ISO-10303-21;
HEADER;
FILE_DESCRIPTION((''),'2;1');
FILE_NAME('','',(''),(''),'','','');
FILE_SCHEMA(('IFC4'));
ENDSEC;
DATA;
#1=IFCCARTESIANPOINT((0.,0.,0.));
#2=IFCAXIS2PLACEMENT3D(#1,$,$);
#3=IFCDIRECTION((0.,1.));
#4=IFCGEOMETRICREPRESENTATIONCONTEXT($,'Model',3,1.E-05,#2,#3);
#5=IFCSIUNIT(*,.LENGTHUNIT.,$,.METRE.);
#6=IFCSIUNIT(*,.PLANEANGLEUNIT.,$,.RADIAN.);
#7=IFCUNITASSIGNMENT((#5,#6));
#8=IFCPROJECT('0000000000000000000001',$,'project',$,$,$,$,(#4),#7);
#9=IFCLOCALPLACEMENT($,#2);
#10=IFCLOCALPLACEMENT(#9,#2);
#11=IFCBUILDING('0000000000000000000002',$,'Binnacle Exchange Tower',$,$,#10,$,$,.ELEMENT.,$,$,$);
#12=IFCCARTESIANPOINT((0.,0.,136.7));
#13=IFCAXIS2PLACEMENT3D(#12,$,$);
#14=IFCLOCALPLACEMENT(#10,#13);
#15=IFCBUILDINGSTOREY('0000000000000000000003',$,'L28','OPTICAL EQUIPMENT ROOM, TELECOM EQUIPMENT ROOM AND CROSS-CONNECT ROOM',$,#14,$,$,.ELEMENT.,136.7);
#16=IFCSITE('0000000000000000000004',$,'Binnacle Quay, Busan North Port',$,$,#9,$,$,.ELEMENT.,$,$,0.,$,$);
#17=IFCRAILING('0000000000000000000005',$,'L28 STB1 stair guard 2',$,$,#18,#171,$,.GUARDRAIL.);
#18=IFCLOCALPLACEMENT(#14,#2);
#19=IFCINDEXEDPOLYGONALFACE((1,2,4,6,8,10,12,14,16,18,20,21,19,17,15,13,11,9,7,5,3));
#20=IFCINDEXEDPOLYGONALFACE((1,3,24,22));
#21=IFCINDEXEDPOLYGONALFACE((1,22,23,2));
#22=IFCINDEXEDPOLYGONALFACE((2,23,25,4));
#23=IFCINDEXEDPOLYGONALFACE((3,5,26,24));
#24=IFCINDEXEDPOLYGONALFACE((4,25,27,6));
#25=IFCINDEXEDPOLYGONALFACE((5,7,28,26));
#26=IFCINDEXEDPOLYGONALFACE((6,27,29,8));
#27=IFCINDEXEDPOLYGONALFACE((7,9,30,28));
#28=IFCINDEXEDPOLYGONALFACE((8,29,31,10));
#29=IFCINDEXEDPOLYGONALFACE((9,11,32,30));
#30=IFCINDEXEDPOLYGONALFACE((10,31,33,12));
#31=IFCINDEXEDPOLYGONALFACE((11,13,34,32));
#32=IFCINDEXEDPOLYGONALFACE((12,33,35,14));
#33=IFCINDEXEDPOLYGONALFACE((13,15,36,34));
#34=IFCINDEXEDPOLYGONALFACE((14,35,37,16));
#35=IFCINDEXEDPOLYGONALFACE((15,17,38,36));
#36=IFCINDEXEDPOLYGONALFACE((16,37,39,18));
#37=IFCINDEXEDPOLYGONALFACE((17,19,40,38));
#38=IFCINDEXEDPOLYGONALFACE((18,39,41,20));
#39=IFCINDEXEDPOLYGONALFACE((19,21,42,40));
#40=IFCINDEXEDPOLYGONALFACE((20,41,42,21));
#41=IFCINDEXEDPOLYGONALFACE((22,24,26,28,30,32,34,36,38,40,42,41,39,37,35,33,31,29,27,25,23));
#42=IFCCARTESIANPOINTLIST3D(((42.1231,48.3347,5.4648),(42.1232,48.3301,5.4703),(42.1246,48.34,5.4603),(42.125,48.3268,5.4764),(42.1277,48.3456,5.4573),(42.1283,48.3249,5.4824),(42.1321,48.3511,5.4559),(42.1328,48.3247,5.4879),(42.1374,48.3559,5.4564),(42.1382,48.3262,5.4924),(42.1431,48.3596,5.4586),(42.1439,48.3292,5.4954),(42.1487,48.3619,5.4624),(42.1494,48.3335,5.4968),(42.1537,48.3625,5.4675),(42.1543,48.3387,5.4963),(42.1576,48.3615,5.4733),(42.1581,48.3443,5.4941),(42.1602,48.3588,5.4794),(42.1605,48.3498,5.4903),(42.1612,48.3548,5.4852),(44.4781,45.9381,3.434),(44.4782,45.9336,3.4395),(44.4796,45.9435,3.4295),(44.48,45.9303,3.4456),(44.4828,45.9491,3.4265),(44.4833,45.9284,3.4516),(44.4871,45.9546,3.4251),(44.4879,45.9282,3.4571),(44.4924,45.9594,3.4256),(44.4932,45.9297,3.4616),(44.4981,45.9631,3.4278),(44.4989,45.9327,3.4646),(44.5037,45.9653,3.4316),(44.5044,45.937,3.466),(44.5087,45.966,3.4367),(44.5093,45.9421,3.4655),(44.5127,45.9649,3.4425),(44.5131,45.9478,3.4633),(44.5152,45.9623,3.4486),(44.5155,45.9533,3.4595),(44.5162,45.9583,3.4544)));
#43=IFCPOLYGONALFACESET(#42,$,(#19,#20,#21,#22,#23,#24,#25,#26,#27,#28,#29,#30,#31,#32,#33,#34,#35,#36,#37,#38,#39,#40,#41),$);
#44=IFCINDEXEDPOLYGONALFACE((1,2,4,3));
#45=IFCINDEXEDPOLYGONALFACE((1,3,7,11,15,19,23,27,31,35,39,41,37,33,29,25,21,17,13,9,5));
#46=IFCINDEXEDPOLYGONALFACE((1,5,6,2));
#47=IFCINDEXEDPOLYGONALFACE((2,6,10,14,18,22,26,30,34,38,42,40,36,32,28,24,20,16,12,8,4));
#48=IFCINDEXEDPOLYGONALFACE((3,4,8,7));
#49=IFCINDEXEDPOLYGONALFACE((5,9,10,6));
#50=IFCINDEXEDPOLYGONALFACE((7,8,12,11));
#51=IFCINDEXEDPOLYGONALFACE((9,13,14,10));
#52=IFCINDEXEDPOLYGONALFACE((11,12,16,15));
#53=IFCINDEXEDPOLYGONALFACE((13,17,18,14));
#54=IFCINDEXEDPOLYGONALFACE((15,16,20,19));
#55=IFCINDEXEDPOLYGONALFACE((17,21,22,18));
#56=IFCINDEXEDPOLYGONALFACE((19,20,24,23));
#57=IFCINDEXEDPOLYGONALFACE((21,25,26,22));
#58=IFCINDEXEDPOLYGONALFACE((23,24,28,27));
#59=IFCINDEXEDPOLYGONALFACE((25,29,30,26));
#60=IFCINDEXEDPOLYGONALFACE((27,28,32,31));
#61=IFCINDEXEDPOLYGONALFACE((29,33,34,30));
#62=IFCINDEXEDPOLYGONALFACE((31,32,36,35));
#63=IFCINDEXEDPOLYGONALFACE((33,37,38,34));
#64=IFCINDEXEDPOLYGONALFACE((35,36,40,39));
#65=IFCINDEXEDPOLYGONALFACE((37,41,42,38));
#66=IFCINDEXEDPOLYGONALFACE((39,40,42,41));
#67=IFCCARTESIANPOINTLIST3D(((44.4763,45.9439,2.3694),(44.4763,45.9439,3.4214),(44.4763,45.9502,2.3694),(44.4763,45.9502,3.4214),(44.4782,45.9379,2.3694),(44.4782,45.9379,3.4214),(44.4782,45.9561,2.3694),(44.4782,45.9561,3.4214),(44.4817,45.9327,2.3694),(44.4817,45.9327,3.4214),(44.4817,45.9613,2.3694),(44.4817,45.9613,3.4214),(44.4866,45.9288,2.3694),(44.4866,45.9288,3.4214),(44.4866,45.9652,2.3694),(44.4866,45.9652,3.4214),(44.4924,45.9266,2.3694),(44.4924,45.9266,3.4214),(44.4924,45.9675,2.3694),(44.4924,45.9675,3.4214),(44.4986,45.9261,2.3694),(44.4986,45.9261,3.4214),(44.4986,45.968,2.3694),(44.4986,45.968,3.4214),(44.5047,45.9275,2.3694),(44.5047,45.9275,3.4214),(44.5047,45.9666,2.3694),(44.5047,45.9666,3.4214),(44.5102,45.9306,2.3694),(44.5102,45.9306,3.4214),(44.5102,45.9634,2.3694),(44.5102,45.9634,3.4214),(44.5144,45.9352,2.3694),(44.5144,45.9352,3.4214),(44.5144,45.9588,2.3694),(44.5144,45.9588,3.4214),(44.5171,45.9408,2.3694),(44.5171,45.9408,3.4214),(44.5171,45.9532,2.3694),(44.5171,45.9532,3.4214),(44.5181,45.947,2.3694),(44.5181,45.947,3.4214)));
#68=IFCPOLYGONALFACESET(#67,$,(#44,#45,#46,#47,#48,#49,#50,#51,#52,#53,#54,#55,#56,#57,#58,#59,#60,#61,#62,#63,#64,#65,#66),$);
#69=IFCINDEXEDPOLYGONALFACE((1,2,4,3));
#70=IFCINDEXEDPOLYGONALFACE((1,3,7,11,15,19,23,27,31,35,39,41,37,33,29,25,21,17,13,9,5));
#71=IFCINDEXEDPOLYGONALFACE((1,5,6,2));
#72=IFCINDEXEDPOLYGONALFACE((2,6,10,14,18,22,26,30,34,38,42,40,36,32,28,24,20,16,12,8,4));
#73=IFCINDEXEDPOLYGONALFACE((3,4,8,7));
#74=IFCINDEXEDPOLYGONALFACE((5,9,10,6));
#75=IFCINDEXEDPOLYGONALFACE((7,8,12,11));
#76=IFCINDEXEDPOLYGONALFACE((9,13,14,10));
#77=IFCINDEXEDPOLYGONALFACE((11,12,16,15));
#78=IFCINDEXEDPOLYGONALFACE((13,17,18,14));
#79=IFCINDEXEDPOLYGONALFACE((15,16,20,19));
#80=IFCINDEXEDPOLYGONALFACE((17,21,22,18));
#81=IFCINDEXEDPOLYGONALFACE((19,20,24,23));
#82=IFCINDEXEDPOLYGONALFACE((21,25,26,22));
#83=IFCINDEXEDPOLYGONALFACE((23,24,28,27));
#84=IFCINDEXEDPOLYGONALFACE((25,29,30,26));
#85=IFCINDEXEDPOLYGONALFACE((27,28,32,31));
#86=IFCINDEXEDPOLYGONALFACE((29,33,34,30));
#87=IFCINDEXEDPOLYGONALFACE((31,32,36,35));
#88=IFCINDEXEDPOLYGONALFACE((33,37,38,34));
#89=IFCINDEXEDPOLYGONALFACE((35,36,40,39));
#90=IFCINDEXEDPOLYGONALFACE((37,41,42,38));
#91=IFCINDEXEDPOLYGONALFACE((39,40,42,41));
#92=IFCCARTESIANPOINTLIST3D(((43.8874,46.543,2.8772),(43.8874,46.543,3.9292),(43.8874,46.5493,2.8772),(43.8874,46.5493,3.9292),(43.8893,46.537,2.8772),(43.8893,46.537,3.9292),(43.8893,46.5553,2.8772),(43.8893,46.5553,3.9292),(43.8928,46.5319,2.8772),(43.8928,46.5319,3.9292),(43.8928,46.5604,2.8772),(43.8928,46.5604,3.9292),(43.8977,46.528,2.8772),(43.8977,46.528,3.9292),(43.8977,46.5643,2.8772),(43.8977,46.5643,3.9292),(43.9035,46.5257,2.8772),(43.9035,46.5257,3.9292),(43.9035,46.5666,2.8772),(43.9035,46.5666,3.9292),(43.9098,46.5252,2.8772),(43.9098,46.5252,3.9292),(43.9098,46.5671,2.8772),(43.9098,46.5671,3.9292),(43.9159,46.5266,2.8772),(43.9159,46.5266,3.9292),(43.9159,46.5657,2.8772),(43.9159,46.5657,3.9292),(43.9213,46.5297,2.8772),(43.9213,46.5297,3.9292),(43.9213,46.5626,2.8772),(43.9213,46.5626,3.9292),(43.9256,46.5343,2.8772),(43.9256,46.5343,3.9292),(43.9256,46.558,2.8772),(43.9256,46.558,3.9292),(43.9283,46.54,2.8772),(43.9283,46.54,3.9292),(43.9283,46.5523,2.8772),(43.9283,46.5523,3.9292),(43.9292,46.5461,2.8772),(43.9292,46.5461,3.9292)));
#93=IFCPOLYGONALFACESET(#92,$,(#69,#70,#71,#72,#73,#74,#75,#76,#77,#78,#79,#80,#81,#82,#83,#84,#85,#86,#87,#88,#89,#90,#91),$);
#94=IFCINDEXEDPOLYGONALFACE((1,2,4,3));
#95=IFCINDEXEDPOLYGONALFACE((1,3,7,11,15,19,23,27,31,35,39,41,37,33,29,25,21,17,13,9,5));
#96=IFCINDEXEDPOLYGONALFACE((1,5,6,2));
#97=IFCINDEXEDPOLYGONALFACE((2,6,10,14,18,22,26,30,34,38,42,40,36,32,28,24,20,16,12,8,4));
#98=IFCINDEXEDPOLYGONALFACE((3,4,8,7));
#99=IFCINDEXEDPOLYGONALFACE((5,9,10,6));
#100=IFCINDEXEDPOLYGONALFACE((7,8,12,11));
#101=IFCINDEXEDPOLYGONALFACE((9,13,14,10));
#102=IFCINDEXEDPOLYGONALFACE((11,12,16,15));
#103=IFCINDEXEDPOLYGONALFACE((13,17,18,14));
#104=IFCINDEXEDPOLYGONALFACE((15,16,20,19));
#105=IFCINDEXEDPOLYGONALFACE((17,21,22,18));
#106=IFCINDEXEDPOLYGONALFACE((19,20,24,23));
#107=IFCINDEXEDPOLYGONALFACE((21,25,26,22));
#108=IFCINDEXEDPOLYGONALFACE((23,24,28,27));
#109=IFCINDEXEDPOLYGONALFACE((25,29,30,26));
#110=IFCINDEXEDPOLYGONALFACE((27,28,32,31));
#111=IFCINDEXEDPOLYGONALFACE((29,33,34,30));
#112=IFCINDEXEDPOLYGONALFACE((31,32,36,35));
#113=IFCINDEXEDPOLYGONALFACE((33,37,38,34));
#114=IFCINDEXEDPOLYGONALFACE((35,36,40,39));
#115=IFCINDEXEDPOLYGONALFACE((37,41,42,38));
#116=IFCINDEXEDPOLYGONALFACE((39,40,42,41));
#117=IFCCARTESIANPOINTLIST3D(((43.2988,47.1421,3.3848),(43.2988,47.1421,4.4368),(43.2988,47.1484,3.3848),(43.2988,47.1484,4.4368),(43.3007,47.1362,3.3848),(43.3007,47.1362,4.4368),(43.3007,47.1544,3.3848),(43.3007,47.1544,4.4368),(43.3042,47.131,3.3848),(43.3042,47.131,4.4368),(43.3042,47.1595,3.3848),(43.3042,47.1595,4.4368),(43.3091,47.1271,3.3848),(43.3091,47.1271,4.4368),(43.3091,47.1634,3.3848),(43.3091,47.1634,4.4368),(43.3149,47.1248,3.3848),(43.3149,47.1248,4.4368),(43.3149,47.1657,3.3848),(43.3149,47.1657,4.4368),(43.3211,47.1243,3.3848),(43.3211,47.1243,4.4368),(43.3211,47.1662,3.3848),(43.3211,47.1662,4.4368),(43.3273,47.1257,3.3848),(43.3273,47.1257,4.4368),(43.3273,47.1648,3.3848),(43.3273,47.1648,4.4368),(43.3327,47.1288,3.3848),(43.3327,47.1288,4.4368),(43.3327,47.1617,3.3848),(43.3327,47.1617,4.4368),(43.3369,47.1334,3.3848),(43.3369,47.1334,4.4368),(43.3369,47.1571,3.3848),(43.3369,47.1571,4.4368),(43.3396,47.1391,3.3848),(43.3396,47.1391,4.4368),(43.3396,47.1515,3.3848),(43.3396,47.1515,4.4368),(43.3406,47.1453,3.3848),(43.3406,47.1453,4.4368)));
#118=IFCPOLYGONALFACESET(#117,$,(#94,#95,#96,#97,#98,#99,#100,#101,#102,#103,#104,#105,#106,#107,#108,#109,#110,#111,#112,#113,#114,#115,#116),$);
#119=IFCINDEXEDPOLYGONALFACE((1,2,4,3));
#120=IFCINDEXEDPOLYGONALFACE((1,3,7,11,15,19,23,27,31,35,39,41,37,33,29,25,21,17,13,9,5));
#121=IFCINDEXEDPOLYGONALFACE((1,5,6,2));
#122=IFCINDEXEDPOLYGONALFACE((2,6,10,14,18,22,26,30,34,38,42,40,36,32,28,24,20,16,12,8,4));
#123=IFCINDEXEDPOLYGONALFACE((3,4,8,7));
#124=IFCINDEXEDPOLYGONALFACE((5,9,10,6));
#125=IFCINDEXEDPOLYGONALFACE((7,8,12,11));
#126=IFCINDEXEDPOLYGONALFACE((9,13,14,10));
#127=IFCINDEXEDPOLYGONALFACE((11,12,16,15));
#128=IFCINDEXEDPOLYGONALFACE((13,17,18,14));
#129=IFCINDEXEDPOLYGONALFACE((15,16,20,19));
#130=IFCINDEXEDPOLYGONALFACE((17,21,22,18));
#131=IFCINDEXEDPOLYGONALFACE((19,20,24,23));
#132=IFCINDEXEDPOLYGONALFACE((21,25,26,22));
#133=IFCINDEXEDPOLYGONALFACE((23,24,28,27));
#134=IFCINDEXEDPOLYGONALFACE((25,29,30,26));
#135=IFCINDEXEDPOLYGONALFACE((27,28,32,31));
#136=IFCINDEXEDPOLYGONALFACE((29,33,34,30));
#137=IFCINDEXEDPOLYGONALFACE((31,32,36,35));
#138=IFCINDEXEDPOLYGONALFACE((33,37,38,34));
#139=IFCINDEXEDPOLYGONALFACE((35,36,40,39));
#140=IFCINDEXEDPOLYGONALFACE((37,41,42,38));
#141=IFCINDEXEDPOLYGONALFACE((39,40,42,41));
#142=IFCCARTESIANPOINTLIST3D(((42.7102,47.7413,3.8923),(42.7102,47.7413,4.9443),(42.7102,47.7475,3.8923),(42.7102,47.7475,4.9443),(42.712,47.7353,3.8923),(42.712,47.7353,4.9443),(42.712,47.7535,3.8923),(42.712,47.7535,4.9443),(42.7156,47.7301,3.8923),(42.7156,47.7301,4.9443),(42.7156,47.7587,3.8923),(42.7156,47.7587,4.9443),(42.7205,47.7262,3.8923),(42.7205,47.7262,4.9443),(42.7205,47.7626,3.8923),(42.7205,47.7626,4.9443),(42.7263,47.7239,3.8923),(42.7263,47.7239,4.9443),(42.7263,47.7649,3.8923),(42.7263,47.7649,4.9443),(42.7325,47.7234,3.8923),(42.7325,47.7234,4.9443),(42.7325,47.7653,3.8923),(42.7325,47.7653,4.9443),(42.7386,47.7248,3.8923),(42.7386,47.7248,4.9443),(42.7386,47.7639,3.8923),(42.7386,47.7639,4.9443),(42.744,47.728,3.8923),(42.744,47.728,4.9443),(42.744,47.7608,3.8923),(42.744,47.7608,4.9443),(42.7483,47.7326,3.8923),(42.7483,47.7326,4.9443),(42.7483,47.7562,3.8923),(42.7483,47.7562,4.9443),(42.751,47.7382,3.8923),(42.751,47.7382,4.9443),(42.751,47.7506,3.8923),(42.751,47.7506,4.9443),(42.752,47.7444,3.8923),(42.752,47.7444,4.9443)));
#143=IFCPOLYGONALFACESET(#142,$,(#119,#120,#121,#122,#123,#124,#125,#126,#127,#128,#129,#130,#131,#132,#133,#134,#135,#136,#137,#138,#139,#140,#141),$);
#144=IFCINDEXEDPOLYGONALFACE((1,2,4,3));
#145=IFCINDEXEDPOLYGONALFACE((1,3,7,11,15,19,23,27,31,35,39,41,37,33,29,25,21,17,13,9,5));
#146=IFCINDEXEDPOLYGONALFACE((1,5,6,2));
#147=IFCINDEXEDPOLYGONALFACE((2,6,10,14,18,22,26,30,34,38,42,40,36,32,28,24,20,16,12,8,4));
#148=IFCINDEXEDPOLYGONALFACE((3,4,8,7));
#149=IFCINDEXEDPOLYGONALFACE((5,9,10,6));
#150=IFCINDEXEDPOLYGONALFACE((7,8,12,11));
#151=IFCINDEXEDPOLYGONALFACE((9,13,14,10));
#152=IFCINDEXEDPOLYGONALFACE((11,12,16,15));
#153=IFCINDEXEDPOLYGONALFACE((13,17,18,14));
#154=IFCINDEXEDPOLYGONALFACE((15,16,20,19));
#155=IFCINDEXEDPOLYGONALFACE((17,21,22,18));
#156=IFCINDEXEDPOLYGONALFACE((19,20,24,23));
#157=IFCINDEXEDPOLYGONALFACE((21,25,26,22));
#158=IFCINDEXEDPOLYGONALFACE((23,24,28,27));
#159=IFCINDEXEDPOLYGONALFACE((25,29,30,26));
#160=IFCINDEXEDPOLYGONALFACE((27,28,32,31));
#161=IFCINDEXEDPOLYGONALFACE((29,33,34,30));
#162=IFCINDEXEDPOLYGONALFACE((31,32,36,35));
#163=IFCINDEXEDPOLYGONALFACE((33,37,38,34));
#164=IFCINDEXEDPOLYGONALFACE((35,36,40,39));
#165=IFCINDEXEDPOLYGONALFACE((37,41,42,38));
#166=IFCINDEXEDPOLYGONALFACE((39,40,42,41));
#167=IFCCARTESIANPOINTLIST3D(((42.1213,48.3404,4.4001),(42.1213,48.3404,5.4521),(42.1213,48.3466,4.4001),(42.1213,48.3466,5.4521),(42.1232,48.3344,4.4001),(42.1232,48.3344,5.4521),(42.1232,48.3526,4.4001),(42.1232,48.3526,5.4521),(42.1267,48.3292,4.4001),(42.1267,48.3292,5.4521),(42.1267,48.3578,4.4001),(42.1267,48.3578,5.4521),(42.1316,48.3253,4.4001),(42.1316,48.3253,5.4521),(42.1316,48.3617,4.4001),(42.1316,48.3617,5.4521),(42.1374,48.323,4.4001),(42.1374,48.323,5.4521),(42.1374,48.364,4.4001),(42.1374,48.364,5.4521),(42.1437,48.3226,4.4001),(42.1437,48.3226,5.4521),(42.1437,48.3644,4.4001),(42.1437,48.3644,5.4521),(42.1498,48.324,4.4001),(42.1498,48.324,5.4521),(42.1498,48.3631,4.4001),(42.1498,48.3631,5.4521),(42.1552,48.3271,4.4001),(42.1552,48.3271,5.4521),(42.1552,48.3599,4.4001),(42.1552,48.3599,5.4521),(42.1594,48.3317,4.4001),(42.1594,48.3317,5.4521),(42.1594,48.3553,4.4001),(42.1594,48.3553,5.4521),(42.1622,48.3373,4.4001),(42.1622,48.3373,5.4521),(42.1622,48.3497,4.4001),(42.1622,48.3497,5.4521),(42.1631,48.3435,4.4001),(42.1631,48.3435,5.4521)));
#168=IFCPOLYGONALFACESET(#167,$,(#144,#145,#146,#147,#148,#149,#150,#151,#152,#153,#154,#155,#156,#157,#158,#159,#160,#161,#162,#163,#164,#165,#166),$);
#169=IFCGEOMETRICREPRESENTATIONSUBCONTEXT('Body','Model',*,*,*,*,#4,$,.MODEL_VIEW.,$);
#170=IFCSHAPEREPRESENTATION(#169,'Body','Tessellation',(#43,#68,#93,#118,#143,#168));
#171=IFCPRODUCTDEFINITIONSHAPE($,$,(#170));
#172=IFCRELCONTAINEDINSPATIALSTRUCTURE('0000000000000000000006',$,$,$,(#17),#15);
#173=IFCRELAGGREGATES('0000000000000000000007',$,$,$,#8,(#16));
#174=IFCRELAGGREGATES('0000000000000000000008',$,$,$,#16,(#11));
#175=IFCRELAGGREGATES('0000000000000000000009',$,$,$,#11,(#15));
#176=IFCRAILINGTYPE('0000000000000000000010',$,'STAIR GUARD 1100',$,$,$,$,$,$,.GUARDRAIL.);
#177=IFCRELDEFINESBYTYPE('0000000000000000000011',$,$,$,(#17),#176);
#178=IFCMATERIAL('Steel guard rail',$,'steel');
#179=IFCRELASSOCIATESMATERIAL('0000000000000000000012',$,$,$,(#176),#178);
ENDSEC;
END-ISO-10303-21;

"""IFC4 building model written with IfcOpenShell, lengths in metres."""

from ifc_helpers import new_model, si_unit, direction, frame, origin, origin_2d, place, context, subcontext, project, spatial, circle, extrude, material, type_object, element, save


model = new_model("IFC4")

# Units and contexts
model_context = context("Model", 3, precision=1e-05, world=origin(), true_north=direction((0.0, 1.0)))
body_context = subcontext(model_context, "Body", "Model", "MODEL_VIEW")
ifc_project = project(units=[si_unit("LENGTHUNIT", "METRE"), si_unit("PLANEANGLEUNIT", "RADIAN")], contexts=[model_context])

# Site, building, storey
site_placement = place(None, origin())
site = spatial("IfcSite", under=ifc_project, at=site_placement, Name="Binnacle Quay, Busan North Port", CompositionType="ELEMENT", RefElevation=0.0)
building_placement = place(site_placement, origin())
building = spatial("IfcBuilding", under=site, at=building_placement, Name="Binnacle Exchange Tower", CompositionType="ELEMENT")
storey_placement = place(building_placement, frame((0.0, 0.0, 136.7)))
storey = spatial("IfcBuildingStorey", under=building, at=storey_placement, Name="L28", Description="OPTICAL EQUIPMENT ROOM, TELECOM EQUIPMENT ROOM AND CROSS-CONNECT ROOM", CompositionType="ELEMENT", Elevation=136.7)

# Railing
ifc_material_1 = material(Name="Steel guard rail", Category="steel")
railing_type_1 = type_object("IfcRailingType", Name="STAIR GUARD 1100", PredefinedType="GUARDRAIL", material=ifc_material_1)
railing_1_placement = place(storey_placement, frame((44.4971, 45.947, 2.3694)))
element("IfcRailing", 1, at=railing_1_placement, inside=storey, type_object=railing_type_1, Name="L28 STB1 stair guard 2", PredefinedType="GUARDRAIL", context=body_context, shape_type="SweptSolid", body=[
    extrude(circle(Radius=0.0239, at=origin_2d()), frame((0.0, 0.0, 1.0762), z_axis=(-0.59985, 0.610422, 0.517267), x_axis=(-0.713256, -0.700903, 0.0)), (0.0, 0.0, 1.0), 3.926),
    extrude(circle(Radius=0.021, at=origin_2d()), origin(), (0.0, 0.0, 1.0), 1.052),
    extrude(circle(Radius=0.021, at=origin_2d()), frame((-0.5889, 0.5991, 0.5078)), (0.0, 0.0, 1.0), 1.052),
    extrude(circle(Radius=0.021, at=origin_2d()), frame((-1.1775, 1.1982, 1.0154)), (0.0, 0.0, 1.0), 1.052),
    extrude(circle(Radius=0.021, at=origin_2d()), frame((-1.7661, 1.7974, 1.5229)), (0.0, 0.0, 1.0), 1.052),
    extrude(circle(Radius=0.021, at=origin_2d()), frame((-2.355, 2.3965, 2.0308)), (0.0, 0.0, 1.0), 1.052),
])

save(model, "model.ifc")
